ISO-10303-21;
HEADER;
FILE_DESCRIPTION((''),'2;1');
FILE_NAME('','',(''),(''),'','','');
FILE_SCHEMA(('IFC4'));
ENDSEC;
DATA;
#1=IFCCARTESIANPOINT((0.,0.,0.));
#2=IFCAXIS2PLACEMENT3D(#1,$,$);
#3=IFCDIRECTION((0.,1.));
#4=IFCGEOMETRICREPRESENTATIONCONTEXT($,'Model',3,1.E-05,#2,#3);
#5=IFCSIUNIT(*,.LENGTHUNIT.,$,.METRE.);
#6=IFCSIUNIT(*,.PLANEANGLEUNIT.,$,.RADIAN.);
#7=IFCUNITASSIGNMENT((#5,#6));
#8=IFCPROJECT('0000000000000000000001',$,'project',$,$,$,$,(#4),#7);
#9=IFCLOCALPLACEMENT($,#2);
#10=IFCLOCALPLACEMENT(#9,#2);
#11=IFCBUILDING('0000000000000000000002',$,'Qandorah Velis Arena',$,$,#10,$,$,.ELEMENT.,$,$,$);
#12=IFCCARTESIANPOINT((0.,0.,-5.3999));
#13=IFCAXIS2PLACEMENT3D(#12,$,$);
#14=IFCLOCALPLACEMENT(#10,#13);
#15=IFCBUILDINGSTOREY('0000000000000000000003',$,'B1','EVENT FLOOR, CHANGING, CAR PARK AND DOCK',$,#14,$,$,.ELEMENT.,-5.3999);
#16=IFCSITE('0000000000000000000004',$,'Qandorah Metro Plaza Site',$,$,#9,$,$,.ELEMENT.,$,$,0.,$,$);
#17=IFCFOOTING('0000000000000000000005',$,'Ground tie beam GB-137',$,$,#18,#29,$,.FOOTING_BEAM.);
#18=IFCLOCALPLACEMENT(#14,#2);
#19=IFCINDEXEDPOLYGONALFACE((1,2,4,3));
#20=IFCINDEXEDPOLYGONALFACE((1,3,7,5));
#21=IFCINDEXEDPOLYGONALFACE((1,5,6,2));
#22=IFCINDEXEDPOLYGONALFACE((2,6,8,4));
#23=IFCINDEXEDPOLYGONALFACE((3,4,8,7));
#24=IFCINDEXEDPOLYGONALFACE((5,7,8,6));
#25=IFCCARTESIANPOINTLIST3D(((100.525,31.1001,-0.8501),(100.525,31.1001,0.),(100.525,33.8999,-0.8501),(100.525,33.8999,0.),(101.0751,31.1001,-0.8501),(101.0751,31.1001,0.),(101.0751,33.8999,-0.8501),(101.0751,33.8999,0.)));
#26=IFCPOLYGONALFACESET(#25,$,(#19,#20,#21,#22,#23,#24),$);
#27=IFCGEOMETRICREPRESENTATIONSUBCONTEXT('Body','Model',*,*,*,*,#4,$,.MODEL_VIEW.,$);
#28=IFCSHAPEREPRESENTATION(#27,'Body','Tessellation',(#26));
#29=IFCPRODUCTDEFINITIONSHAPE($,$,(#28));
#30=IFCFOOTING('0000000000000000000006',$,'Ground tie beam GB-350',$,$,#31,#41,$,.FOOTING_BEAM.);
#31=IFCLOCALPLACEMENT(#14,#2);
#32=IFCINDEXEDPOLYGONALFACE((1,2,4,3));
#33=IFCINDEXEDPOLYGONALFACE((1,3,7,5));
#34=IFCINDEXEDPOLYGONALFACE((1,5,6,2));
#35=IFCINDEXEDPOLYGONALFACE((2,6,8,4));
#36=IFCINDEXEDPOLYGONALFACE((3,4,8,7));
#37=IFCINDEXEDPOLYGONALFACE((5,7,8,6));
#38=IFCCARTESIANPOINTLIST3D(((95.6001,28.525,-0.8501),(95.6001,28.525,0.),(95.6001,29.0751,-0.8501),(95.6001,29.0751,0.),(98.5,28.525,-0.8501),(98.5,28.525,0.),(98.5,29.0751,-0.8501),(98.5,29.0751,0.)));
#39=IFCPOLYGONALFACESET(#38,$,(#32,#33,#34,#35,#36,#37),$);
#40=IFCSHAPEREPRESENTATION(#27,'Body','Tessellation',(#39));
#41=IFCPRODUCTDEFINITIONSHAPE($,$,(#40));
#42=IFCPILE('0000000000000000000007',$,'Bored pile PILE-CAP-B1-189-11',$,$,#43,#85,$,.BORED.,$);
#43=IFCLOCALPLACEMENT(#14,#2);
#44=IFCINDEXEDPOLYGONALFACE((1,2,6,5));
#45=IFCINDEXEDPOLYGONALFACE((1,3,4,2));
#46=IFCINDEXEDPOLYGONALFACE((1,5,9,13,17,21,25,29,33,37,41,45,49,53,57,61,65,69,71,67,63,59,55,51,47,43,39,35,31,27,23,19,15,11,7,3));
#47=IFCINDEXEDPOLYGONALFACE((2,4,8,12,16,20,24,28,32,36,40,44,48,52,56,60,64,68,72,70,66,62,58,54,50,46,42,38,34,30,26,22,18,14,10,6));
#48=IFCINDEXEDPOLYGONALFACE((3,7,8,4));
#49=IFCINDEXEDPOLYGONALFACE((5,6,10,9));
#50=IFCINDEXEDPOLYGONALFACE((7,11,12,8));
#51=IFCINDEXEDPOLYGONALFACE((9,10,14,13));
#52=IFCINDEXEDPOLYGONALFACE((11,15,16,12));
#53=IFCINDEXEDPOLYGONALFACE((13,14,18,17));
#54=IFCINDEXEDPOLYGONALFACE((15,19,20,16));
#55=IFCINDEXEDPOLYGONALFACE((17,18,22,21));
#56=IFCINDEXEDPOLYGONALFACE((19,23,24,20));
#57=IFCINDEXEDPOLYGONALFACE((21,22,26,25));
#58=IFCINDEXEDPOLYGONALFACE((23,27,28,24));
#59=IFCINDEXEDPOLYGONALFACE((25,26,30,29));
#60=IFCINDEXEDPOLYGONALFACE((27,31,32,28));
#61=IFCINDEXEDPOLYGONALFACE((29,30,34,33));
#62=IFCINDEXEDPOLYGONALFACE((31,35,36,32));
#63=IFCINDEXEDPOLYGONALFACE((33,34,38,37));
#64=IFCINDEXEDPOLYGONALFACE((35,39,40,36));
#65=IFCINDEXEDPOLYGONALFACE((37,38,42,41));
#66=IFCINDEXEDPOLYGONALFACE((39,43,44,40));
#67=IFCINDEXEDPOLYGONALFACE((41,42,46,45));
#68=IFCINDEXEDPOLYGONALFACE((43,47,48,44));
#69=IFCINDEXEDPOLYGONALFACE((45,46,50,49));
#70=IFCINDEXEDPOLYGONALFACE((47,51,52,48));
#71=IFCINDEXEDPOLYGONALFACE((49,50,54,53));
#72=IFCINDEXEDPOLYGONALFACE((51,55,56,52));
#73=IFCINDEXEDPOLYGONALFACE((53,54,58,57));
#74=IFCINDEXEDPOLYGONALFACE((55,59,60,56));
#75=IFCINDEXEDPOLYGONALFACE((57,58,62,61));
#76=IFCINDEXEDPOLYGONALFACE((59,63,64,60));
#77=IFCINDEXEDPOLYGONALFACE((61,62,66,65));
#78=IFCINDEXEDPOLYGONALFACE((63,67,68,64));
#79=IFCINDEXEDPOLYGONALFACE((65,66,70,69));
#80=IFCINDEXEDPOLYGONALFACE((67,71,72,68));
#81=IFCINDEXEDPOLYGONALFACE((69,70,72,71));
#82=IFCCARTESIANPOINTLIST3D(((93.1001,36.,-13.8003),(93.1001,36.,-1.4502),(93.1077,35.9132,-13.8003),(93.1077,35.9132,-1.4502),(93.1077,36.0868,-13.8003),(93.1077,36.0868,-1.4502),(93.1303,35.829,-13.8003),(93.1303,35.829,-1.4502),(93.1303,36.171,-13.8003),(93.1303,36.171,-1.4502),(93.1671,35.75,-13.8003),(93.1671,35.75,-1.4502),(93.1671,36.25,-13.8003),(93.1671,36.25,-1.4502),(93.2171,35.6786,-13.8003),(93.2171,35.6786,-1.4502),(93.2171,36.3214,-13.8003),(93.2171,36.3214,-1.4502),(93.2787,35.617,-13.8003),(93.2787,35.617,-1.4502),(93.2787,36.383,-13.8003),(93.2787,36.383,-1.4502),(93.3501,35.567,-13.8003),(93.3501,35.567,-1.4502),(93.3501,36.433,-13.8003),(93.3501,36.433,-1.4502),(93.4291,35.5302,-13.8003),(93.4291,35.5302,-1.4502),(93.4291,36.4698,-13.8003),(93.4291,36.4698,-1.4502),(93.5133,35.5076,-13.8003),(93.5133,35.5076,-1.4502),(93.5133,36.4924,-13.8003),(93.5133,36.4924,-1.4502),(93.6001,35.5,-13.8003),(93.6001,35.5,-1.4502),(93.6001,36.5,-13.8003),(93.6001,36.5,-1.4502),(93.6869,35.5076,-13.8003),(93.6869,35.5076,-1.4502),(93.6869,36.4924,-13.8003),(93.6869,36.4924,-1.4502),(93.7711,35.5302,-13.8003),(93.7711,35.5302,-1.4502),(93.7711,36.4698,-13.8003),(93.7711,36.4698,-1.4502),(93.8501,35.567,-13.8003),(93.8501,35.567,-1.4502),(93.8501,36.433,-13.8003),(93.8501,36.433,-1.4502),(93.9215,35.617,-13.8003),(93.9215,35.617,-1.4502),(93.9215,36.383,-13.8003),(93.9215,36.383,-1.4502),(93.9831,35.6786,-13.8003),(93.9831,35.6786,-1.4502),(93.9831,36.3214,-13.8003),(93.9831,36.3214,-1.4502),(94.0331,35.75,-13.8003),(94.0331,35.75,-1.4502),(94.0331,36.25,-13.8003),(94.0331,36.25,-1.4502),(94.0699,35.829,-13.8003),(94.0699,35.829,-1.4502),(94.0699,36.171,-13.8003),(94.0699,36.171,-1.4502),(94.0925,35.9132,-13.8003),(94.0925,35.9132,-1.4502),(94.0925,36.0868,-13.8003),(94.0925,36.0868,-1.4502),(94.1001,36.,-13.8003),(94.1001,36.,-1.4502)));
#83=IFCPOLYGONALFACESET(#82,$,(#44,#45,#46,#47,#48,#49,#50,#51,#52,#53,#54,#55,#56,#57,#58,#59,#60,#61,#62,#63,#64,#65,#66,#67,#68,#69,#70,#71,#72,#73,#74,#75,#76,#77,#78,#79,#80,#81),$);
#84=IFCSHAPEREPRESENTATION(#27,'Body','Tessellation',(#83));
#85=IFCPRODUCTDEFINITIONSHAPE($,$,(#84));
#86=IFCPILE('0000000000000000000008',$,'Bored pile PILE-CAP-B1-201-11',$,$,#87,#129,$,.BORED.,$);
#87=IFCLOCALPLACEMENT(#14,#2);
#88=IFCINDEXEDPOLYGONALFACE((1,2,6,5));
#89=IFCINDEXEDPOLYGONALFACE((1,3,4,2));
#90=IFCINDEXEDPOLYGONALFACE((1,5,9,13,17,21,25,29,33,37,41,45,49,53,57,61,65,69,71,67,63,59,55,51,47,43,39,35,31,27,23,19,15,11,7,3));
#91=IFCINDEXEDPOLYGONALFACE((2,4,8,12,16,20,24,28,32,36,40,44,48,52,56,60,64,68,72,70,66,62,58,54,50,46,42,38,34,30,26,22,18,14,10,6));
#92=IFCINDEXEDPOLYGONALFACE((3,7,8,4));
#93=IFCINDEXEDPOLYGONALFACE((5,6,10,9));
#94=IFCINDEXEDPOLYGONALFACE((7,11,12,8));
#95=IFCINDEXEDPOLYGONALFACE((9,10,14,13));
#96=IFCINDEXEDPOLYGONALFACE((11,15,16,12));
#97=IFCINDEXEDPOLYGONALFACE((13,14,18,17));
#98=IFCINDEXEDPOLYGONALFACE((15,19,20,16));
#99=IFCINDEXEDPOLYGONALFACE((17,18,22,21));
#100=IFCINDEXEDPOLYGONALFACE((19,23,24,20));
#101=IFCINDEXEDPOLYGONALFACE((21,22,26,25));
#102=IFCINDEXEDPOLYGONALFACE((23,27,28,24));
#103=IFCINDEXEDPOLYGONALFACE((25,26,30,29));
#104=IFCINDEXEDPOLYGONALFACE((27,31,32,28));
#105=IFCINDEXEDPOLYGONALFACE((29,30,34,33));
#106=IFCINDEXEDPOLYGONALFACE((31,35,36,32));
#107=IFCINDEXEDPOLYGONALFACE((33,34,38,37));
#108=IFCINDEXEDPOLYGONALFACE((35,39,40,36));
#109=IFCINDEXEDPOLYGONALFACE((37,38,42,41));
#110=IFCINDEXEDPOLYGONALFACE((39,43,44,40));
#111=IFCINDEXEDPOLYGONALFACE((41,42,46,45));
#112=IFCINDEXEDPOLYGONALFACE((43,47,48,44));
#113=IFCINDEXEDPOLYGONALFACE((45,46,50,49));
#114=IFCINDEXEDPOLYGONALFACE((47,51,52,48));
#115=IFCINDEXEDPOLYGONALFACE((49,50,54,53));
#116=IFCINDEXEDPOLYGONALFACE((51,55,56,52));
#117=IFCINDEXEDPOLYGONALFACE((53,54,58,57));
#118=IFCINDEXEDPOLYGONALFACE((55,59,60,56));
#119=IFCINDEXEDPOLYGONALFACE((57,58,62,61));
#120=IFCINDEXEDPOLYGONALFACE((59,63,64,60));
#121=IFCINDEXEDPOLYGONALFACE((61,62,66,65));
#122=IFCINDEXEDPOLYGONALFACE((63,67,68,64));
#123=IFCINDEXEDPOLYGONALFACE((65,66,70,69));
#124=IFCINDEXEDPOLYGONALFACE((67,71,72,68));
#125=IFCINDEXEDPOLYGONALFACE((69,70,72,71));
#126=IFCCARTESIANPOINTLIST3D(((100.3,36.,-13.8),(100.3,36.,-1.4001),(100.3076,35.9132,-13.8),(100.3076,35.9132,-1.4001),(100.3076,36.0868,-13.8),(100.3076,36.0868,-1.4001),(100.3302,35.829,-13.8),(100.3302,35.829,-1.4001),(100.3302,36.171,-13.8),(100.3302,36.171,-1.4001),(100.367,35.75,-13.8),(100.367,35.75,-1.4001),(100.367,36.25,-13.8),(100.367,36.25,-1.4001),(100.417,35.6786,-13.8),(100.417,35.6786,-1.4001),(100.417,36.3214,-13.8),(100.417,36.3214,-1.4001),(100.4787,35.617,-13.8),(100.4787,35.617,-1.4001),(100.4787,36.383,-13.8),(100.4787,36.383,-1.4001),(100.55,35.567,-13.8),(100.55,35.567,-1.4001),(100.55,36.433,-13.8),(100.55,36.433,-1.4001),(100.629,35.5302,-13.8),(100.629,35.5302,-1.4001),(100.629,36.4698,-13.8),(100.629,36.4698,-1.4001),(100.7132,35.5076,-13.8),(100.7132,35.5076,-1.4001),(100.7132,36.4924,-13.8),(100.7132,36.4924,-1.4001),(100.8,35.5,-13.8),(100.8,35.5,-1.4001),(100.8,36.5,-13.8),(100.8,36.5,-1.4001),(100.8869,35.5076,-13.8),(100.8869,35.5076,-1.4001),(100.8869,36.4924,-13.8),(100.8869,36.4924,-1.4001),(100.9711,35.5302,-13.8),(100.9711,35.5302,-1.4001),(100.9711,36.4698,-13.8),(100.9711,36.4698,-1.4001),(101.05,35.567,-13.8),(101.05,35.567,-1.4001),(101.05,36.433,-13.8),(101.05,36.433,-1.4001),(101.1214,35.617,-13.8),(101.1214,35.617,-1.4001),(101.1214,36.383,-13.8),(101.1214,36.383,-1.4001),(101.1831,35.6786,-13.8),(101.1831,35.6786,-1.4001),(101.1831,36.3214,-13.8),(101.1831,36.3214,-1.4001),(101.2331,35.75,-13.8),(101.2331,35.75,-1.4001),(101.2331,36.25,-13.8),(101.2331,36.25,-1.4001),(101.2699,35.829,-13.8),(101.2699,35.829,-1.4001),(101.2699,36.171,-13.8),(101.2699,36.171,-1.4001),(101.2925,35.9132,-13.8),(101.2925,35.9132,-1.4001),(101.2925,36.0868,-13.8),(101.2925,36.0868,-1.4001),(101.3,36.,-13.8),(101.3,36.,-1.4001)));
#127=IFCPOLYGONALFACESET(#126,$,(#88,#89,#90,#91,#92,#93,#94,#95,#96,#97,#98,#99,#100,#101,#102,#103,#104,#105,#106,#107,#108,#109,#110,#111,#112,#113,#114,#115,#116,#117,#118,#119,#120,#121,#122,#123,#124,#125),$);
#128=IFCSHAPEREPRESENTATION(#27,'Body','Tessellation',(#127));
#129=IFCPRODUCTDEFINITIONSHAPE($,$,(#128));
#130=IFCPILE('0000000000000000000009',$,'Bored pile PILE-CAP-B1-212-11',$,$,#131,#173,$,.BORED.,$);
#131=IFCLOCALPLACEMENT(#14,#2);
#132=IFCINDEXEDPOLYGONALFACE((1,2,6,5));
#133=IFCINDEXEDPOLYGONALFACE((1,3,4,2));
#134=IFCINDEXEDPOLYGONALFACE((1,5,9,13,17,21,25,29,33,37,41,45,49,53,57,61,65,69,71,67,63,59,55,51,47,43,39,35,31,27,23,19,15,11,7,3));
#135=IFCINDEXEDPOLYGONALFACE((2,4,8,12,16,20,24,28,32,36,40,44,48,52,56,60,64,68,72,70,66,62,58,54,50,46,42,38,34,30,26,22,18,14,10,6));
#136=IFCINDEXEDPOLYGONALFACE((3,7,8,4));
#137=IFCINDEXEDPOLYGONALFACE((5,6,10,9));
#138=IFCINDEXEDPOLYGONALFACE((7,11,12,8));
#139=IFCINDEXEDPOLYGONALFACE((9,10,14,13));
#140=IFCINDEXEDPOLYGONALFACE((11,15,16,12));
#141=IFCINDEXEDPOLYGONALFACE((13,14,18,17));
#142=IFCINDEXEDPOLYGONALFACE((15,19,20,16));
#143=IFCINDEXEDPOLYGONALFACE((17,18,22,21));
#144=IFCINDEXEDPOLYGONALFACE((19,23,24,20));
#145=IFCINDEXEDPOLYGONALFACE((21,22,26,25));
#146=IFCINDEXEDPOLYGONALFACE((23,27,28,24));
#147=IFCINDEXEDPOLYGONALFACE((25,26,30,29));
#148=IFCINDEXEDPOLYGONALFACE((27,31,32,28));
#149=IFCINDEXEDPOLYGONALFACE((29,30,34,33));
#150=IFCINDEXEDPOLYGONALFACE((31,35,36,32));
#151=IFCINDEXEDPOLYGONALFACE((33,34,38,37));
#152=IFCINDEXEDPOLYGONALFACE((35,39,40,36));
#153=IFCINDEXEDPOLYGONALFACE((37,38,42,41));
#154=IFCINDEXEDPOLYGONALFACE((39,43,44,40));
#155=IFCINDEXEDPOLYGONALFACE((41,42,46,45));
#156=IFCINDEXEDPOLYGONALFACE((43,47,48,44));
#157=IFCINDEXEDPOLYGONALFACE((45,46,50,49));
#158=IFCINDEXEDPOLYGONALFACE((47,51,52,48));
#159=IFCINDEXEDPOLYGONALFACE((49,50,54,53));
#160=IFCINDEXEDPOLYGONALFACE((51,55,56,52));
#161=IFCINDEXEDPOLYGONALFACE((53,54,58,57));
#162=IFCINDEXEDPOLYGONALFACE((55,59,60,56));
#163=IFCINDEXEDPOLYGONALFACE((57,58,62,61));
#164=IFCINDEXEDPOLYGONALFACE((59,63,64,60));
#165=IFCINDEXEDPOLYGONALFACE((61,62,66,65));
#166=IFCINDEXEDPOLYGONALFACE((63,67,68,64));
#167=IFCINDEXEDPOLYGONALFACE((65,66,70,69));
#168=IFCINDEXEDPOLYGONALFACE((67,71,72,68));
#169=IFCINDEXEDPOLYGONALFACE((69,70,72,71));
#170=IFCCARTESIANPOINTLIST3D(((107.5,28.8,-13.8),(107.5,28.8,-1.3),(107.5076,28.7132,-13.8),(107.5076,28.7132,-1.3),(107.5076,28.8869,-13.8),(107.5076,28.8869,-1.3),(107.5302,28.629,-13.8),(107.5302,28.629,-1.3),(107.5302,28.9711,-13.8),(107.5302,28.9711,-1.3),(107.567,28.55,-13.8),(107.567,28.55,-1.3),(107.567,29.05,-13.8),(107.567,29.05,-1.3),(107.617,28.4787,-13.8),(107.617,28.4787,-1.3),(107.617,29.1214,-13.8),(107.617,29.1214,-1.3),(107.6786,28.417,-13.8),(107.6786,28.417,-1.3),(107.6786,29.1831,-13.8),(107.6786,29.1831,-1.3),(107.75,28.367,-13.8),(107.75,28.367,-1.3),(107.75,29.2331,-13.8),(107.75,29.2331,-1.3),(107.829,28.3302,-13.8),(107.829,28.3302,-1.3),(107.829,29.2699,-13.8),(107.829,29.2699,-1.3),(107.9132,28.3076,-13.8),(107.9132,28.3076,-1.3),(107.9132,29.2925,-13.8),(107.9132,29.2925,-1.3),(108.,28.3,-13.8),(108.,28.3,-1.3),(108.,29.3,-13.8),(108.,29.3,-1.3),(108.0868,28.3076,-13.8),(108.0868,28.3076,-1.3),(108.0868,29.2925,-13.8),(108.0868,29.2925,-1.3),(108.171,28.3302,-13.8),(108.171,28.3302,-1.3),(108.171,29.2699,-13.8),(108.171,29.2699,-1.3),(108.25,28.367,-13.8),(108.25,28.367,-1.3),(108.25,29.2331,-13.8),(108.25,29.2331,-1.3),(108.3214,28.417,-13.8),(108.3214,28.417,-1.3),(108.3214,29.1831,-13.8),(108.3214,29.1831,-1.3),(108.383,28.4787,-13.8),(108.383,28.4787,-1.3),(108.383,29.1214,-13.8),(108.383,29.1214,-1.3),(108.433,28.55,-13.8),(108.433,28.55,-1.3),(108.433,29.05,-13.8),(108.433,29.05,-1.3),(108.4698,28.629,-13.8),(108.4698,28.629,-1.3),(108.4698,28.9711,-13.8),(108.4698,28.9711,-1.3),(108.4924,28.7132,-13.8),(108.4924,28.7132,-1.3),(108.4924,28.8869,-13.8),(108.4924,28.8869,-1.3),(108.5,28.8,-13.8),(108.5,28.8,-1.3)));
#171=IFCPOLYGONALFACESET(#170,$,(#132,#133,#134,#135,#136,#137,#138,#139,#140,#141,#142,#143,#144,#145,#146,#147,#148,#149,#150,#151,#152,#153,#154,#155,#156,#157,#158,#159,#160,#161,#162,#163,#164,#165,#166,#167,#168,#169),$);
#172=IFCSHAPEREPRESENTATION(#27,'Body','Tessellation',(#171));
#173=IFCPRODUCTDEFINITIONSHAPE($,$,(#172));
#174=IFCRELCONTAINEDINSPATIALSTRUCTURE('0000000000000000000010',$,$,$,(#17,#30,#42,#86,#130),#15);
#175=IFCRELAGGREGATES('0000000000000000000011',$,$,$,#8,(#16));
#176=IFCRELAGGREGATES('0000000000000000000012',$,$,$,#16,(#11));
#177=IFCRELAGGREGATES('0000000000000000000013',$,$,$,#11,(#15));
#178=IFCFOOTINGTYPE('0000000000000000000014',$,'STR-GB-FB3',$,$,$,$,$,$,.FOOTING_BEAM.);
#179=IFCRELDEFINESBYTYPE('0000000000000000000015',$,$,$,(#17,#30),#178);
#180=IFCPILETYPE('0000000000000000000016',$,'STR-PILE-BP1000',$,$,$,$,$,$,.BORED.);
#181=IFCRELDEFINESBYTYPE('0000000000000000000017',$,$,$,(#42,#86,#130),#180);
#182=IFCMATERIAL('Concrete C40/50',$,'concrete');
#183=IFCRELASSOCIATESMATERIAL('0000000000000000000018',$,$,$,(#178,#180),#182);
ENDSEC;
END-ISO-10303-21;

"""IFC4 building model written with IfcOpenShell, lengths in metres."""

from ifc_helpers import new_model, si_unit, direction, frame, origin, origin_2d, place, context, subcontext, project, spatial, rectangle, circle, extrude, material, material_profile, profile_set, type_object, element, save


model = new_model("IFC4")

# Units and contexts
model_context = context("Model", 3, precision=1e-05, world=origin(), true_north=direction((0.0, 1.0)))
body_context = subcontext(model_context, "Body", "Model", "MODEL_VIEW")
ifc_project = project(units=[si_unit("LENGTHUNIT", "METRE"), si_unit("PLANEANGLEUNIT", "RADIAN")], contexts=[model_context])

# Site, building, storey
site_placement = place(None, origin())
site = spatial("IfcSite", under=ifc_project, at=site_placement, Name="Qandorah Metro Plaza Site", CompositionType="ELEMENT", RefElevation=0.0)
building_placement = place(site_placement, origin())
building = spatial("IfcBuilding", under=site, at=building_placement, Name="Qandorah Velis Arena", CompositionType="ELEMENT")
storey_placement = place(building_placement, frame((0.0, 0.0, -5.3999)))
storey = spatial("IfcBuildingStorey", under=building, at=storey_placement, Name="B1", Description="EVENT FLOOR, CHANGING, CAR PARK AND DOCK", CompositionType="ELEMENT", Elevation=-5.3999)

# Footings
ifc_material_1 = material(Name="Concrete C40/50", Category="concrete")
ifc_material_profile_1 = material_profile(ifc_material_1, rectangle(XDim=0.55, YDim=0.8501, at=origin_2d()), Name="GB3 550x850")
ifc_profile_set_1 = profile_set([ifc_material_profile_1], Name="Concrete C40/50")
footing_type_1 = type_object("IfcFootingType", Name="STR-GB-FB3", PredefinedType="FOOTING_BEAM", material=ifc_profile_set_1)
footing_1_placement = place(storey_placement, frame((100.8, 31.1001, -0.425), z_axis=(0.0, 1.0, 0.0), x_axis=(-1.0, 0.0, 0.0)))
element("IfcFooting", 1, at=footing_1_placement, inside=storey, type_object=footing_type_1, Name="Ground tie beam GB-137", PredefinedType="FOOTING_BEAM", context=body_context, shape_type="SweptSolid", body=[
    extrude(rectangle(XDim=0.55, YDim=0.8501, at=origin_2d()), origin(), (0.0, 0.0, 1.0), 2.7998),
])
footing_2_placement = place(storey_placement, frame((95.6001, 28.8, -0.425), z_axis=(1.0, 0.0, 0.0), x_axis=(0.0, 1.0, 0.0)))
element("IfcFooting", 2, at=footing_2_placement, inside=storey, type_object=footing_type_1, Name="Ground tie beam GB-350", PredefinedType="FOOTING_BEAM", context=body_context, shape_type="SweptSolid", body=[
    extrude(rectangle(XDim=0.55, YDim=0.8501, at=origin_2d()), origin(), (0.0, 0.0, 1.0), 2.8999),
])

# Piles
ifc_material_profile_2 = material_profile(ifc_material_1, circle(Radius=0.5, at=origin_2d()), Name="BORED PILE D1000")
ifc_profile_set_2 = profile_set([ifc_material_profile_2], Name="Concrete C40/50")
pile_type_1 = type_object("IfcPileType", Name="STR-PILE-BP1000", PredefinedType="BORED", material=ifc_profile_set_2)
pile_1_placement = place(storey_placement, frame((93.6001, 36.0, -1.4502), z_axis=(0.0, 0.0, -1.0), x_axis=(1.0, 0.0, 0.0)))
element("IfcPile", 3, at=pile_1_placement, inside=storey, type_object=pile_type_1, Name="Bored pile PILE-CAP-B1-189-11", PredefinedType="BORED", context=body_context, shape_type="SweptSolid", body=[
    extrude(circle(Radius=0.5, at=origin_2d()), origin(), (0.0, 0.0, 1.0), 12.3501),
])
pile_2_placement = place(storey_placement, frame((100.8, 36.0, -1.4001), z_axis=(0.0, 0.0, -1.0), x_axis=(1.0, 0.0, 0.0)))
element("IfcPile", 4, at=pile_2_placement, inside=storey, type_object=pile_type_1, Name="Bored pile PILE-CAP-B1-201-11", PredefinedType="BORED", context=body_context, shape_type="SweptSolid", body=[
    extrude(circle(Radius=0.5, at=origin_2d()), origin(), (0.0, 0.0, 1.0), 12.3999),
])
pile_3_placement = place(storey_placement, frame((108.0, 28.8, -1.3), z_axis=(0.0, 0.0, -1.0), x_axis=(1.0, 0.0, 0.0)))
element("IfcPile", 5, at=pile_3_placement, inside=storey, type_object=pile_type_1, Name="Bored pile PILE-CAP-B1-212-11", PredefinedType="BORED", context=body_context, shape_type="SweptSolid", body=[
    extrude(circle(Radius=0.5, at=origin_2d()), origin(), (0.0, 0.0, 1.0), 12.5),
])

save(model, "model.ifc")
